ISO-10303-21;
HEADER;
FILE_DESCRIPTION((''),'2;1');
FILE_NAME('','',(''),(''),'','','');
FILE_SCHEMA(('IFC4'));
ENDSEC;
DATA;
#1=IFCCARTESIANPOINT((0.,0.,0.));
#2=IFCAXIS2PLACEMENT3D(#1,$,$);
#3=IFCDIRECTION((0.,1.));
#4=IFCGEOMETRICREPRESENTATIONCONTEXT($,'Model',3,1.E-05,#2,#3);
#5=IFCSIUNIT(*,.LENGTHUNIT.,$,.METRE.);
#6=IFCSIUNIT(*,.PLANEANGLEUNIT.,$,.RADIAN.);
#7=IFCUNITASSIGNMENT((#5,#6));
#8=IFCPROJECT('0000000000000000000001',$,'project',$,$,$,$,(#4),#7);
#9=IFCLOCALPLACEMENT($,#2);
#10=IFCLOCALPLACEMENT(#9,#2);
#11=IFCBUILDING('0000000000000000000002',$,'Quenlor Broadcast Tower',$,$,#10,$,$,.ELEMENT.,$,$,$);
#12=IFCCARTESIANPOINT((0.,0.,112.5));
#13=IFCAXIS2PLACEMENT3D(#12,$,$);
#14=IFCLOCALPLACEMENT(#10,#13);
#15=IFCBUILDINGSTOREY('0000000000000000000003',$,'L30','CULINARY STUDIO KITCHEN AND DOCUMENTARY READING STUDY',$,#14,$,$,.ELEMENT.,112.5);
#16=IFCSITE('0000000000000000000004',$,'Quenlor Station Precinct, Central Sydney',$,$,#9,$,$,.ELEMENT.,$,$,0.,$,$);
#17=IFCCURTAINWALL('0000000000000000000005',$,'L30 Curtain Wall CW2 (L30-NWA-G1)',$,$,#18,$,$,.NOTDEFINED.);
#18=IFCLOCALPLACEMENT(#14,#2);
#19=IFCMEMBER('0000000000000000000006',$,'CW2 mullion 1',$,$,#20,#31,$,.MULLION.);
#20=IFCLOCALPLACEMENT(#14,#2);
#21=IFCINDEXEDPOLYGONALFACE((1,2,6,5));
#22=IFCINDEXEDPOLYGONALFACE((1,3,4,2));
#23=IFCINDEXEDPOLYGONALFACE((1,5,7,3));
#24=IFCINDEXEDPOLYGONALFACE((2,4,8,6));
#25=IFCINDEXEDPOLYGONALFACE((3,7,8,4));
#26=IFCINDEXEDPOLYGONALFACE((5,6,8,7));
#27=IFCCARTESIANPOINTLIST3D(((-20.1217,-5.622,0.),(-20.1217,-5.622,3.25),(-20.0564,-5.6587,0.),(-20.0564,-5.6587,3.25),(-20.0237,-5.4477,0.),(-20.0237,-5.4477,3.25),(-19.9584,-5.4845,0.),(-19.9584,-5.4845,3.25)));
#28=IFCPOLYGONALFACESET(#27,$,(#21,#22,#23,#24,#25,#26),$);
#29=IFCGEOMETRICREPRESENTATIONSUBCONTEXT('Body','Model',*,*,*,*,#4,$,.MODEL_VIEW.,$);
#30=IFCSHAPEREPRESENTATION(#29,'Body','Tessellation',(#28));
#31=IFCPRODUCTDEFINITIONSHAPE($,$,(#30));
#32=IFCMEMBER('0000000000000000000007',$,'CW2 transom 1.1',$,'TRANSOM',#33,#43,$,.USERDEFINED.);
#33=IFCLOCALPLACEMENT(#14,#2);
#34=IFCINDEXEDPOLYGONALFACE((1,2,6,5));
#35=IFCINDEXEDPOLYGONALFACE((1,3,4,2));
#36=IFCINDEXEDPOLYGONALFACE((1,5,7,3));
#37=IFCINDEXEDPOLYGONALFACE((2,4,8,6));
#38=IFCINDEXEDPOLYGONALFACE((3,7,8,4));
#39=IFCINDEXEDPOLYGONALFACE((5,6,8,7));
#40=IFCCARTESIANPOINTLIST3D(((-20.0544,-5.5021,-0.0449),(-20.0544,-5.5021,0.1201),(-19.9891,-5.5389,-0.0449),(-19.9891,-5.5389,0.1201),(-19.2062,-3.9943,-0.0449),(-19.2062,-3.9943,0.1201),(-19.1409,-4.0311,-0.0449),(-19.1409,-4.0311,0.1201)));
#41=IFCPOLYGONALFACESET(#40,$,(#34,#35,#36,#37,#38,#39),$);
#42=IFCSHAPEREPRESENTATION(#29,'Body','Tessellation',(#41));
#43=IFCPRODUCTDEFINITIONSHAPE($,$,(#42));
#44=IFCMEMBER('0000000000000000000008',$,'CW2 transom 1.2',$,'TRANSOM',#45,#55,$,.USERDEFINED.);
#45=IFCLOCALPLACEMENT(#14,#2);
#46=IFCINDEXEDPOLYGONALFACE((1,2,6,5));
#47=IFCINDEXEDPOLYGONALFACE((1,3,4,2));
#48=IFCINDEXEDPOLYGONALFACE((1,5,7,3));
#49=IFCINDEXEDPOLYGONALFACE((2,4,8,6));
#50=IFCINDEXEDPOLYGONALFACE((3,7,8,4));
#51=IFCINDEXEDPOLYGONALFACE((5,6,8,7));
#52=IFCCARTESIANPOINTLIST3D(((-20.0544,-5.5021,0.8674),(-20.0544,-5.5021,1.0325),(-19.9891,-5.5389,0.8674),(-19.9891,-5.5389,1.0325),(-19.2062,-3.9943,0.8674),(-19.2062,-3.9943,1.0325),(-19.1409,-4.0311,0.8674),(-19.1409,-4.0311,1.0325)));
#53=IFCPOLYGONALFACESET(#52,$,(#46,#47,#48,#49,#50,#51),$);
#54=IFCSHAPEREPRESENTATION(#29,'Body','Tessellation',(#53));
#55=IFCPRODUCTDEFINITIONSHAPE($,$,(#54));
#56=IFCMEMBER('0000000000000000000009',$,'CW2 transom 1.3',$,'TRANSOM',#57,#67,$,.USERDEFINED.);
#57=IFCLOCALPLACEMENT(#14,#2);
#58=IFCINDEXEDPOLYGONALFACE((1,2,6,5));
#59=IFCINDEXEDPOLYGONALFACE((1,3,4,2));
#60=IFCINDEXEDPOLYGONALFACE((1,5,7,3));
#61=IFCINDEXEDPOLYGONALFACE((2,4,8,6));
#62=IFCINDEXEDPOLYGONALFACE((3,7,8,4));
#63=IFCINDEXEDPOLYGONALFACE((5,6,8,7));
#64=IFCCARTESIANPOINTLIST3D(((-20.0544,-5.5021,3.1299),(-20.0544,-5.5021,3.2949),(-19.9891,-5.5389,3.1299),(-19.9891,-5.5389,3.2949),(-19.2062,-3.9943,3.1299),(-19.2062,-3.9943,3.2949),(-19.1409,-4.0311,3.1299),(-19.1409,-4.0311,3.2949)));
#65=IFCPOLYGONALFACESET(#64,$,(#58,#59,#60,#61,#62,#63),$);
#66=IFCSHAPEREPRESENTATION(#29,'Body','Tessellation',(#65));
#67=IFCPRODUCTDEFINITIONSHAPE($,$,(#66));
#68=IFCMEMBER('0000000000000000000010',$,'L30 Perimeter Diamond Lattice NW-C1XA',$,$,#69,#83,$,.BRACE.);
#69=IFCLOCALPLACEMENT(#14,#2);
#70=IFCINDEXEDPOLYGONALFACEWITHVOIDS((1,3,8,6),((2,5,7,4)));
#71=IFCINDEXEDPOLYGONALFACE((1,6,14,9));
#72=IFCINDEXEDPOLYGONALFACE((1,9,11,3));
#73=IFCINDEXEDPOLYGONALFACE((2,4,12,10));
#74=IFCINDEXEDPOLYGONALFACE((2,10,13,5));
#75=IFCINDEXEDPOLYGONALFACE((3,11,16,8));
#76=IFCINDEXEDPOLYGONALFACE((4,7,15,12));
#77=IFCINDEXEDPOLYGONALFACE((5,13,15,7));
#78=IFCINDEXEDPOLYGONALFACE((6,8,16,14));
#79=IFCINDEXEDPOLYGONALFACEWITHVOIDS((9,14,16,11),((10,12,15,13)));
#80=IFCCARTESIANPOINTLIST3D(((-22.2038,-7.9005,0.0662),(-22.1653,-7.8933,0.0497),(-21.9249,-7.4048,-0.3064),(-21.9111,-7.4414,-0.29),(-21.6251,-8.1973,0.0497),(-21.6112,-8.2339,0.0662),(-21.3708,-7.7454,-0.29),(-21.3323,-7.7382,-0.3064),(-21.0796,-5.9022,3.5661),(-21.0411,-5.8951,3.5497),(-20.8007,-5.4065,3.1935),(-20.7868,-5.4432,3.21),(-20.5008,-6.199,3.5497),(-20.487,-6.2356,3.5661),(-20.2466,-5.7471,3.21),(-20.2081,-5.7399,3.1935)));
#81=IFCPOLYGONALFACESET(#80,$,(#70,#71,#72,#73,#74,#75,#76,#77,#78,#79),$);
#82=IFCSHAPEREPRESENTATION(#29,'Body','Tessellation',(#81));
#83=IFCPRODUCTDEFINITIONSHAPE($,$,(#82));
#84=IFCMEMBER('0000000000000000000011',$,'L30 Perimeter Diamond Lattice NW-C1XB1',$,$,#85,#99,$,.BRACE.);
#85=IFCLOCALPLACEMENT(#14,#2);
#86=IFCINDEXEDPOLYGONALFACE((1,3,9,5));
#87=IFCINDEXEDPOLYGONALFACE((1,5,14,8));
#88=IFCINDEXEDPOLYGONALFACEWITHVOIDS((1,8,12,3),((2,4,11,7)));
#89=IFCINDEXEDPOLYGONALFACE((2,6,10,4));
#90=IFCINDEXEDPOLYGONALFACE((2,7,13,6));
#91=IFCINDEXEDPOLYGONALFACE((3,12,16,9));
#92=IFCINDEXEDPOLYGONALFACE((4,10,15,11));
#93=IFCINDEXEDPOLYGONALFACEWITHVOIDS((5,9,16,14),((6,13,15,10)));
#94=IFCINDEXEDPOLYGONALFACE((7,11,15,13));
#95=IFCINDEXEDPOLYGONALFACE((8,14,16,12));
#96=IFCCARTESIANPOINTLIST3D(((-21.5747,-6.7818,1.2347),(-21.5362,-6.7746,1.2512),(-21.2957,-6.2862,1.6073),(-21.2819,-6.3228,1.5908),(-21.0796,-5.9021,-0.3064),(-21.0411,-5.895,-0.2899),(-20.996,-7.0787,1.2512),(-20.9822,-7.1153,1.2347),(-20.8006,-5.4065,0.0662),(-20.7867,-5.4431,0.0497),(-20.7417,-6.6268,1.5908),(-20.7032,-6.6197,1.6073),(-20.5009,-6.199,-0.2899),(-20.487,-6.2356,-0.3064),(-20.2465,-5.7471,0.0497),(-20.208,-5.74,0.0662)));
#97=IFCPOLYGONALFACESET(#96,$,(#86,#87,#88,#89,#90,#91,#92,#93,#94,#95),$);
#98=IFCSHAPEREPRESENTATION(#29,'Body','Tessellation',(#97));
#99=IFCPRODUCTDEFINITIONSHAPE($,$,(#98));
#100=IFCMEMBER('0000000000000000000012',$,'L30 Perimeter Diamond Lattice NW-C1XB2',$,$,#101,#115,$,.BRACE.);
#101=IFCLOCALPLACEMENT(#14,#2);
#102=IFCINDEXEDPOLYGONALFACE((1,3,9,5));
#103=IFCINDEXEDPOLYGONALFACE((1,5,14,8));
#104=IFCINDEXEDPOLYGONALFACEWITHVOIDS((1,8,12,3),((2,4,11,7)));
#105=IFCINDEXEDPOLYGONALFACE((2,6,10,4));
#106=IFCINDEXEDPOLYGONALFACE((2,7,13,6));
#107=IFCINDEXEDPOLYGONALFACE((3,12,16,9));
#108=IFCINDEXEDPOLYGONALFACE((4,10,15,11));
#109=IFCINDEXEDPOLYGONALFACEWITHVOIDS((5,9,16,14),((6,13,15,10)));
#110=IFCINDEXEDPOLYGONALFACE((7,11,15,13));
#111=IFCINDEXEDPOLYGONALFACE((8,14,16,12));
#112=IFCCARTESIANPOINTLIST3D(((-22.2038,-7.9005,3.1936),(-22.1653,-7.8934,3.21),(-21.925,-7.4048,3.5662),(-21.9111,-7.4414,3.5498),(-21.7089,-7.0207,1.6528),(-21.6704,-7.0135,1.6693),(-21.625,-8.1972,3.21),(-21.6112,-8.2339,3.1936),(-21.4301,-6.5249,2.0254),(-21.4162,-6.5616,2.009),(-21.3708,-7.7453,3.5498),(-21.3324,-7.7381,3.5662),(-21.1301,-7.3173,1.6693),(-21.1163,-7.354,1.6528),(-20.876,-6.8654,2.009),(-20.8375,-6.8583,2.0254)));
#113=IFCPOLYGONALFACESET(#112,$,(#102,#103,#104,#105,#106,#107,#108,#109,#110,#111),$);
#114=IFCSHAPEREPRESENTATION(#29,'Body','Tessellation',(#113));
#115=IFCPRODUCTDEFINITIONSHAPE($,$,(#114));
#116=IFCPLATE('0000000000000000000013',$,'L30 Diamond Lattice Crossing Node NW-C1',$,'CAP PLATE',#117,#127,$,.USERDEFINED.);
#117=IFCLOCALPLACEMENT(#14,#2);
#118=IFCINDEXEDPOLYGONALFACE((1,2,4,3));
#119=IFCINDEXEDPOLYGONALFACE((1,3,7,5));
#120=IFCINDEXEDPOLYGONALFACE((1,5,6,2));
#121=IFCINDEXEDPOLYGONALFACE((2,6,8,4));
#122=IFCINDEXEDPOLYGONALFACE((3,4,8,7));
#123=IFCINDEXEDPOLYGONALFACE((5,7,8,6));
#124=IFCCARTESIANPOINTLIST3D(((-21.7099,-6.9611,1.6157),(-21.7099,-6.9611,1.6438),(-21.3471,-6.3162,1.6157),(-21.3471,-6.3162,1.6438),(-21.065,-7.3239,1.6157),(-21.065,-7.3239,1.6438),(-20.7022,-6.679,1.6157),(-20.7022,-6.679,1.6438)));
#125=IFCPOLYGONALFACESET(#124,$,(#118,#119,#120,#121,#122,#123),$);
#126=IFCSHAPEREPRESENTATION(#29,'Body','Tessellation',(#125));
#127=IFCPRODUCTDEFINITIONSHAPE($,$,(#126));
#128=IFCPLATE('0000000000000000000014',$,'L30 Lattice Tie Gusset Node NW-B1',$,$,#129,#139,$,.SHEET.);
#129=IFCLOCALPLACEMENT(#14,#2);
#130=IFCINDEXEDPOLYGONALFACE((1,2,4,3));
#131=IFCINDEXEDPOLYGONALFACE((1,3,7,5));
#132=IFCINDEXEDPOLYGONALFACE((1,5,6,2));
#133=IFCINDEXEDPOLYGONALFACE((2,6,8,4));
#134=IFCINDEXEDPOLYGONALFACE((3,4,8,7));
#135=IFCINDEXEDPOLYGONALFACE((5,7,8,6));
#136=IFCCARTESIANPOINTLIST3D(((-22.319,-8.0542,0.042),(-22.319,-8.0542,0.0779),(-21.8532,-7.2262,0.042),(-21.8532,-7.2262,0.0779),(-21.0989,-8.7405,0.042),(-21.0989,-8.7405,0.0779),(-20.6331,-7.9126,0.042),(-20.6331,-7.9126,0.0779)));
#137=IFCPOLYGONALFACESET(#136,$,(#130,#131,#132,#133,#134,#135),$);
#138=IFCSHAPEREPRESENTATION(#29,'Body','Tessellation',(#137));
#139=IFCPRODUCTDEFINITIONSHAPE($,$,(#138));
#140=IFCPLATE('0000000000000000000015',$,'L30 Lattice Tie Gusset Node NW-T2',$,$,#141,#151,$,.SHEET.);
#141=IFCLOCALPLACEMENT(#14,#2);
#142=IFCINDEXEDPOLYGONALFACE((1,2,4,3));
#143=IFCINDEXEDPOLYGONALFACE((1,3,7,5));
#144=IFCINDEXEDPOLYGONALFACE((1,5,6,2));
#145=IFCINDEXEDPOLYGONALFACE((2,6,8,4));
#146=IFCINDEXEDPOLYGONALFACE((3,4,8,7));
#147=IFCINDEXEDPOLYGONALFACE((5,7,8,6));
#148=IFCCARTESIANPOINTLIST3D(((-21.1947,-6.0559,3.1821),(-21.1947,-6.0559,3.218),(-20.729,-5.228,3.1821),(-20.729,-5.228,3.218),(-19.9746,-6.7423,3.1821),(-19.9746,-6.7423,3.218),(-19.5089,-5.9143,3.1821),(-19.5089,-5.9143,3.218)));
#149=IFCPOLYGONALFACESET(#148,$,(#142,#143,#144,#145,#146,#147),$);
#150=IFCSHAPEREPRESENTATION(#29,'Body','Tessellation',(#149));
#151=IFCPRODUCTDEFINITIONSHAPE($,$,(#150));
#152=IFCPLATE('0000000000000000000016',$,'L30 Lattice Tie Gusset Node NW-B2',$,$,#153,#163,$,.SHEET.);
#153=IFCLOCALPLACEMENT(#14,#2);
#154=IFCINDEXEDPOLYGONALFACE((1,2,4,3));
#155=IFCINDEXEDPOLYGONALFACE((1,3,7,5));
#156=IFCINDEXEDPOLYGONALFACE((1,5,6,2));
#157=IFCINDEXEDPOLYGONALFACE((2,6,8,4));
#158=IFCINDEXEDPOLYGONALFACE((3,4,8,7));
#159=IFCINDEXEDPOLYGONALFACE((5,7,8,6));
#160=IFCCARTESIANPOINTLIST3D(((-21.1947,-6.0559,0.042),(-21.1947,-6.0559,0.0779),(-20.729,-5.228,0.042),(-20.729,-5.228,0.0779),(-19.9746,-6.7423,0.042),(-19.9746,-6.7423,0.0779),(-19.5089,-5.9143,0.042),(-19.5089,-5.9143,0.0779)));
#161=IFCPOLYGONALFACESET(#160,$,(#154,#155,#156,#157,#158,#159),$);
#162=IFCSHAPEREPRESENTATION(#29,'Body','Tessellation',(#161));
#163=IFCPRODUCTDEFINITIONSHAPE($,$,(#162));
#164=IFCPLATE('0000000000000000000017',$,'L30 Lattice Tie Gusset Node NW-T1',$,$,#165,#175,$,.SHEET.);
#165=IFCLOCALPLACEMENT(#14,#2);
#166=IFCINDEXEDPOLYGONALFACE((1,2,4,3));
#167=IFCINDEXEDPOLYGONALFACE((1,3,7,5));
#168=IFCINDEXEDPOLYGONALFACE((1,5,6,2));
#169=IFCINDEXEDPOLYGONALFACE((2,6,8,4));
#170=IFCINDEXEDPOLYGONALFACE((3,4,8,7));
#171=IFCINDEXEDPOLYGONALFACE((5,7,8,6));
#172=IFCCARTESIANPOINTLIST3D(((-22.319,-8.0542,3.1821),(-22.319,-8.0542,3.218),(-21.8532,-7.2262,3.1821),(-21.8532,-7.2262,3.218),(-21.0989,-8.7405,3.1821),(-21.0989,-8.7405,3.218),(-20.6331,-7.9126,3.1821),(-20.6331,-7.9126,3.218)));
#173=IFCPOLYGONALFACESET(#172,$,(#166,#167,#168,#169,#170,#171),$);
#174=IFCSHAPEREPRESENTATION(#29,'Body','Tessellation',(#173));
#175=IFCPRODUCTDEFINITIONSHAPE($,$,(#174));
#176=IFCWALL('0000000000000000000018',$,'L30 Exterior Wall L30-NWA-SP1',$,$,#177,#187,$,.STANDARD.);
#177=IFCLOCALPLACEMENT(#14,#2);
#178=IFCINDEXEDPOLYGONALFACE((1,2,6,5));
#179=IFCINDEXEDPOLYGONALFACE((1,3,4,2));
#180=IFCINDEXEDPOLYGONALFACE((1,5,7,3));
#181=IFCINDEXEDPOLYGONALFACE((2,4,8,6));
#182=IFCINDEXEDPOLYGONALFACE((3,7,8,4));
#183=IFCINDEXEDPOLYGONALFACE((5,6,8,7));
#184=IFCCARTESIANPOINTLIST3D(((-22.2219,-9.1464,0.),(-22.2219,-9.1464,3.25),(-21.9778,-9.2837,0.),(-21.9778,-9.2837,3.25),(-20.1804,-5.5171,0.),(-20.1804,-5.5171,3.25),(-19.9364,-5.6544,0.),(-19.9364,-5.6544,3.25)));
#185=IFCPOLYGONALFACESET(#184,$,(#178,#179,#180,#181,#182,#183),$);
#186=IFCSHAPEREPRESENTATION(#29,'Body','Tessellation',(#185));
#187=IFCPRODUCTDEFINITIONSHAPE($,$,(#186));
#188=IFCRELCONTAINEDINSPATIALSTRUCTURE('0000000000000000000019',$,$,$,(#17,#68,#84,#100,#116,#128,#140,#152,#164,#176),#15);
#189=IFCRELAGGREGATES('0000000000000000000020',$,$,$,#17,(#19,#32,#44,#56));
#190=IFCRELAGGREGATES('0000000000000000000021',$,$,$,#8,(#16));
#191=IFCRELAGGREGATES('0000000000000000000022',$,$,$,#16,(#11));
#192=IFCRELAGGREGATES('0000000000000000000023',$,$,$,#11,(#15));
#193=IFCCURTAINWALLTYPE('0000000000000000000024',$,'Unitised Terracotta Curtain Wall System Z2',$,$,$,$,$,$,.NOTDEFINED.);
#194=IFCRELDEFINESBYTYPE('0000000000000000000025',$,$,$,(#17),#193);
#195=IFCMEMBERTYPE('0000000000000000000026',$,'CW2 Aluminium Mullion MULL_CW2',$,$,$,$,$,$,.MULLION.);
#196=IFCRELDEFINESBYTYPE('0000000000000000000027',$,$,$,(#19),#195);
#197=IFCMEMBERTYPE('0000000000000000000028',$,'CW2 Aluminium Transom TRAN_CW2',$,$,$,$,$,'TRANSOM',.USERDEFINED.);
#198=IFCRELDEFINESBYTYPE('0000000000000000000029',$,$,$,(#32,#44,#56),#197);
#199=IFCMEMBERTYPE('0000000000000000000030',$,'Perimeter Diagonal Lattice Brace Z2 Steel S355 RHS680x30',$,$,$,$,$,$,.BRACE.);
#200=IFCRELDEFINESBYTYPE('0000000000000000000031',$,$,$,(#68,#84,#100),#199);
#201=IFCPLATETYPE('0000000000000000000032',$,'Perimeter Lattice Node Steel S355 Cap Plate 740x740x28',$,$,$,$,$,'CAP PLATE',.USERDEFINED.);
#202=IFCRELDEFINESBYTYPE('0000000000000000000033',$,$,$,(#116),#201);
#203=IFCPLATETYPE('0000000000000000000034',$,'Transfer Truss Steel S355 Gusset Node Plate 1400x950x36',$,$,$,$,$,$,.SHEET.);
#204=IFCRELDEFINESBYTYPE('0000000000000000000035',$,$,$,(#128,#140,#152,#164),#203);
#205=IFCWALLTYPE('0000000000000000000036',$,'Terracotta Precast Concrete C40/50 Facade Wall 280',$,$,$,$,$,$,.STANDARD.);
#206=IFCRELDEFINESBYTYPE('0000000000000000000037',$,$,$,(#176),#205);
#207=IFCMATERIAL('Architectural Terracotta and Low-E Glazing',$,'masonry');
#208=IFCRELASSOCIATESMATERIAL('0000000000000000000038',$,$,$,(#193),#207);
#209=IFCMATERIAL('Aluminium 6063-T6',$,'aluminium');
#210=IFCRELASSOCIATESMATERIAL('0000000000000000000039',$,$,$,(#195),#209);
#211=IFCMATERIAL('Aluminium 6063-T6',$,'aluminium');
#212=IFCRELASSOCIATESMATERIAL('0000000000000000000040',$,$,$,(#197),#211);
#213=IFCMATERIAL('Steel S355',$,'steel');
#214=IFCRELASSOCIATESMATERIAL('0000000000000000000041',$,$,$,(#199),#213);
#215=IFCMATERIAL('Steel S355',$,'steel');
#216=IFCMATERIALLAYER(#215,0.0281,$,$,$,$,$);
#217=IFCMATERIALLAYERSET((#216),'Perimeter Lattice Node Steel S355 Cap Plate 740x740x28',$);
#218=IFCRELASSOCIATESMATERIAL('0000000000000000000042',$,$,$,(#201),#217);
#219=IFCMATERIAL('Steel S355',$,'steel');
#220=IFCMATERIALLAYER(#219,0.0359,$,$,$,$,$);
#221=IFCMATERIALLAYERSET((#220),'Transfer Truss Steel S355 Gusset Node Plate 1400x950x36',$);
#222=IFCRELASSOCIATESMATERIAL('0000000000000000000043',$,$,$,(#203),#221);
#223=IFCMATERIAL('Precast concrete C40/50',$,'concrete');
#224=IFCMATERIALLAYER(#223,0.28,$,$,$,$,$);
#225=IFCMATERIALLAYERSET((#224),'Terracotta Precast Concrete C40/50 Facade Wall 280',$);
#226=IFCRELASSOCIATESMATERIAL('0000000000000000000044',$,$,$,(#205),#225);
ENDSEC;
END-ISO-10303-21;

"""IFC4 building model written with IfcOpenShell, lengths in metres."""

from ifc_helpers import new_model, si_unit, direction, frame, frame_2d, origin, origin_2d, place, context, subcontext, project, spatial, rectangle, hollow_rectangle, extrude, material, layer, layer_set, material_profile, profile_set, type_object, element, aggregate, save


model = new_model("IFC4")

# Units and contexts
model_context = context("Model", 3, precision=1e-05, world=origin(), true_north=direction((0.0, 1.0)))
body_context = subcontext(model_context, "Body", "Model", "MODEL_VIEW")
ifc_project = project(units=[si_unit("LENGTHUNIT", "METRE"), si_unit("PLANEANGLEUNIT", "RADIAN")], contexts=[model_context])

# Site, building, storey
site_placement = place(None, origin())
site = spatial("IfcSite", under=ifc_project, at=site_placement, Name="Quenlor Station Precinct, Central Sydney", CompositionType="ELEMENT", RefElevation=0.0)
building_placement = place(site_placement, origin())
building = spatial("IfcBuilding", under=site, at=building_placement, Name="Quenlor Broadcast Tower", CompositionType="ELEMENT")
storey_placement = place(building_placement, frame((0.0, 0.0, 112.5)))
storey = spatial("IfcBuildingStorey", under=building, at=storey_placement, Name="L30", Description="CULINARY STUDIO KITCHEN AND DOCUMENTARY READING STUDY", CompositionType="ELEMENT", Elevation=112.5)

# Curtain wall, members
ifc_material_1 = material(Name="Architectural Terracotta and Low-E Glazing", Category="masonry")
curtain_wall_type = type_object("IfcCurtainWallType", Name="Unitised Terracotta Curtain Wall System Z2", PredefinedType="NOTDEFINED", material=ifc_material_1)
curtain_wall_placement = place(storey_placement, origin())
curtain_wall = element("IfcCurtainWall", 1, at=curtain_wall_placement, inside=storey, type_object=curtain_wall_type, Name="L30 Curtain Wall CW2 (L30-NWA-G1)", PredefinedType="NOTDEFINED")
ifc_material_2 = material(Name="Aluminium 6063-T6", Category="aluminium")
ifc_material_profile_1 = material_profile(ifc_material_2, rectangle(XDim=0.075, YDim=0.2, at=origin_2d()))
ifc_profile_set_1 = profile_set([ifc_material_profile_1], Name="Aluminium 6063-T6 MULL75x200")
member_type_1 = type_object("IfcMemberType", Name="CW2 Aluminium Mullion MULL_CW2", PredefinedType="MULLION", material=ifc_profile_set_1)
member_1_placement = place(storey_placement, frame((-20.04, -5.5532, 0.0), z_axis=(0.0, 0.0, 1.0), x_axis=(-0.871567, 0.490277, 0.0)))
member_1 = element("IfcMember", 2, at=member_1_placement, type_object=member_type_1, Name="CW2 mullion 1", PredefinedType="MULLION", context=body_context, shape_type="SweptSolid", body=[
    extrude(rectangle(XDim=0.075, YDim=0.2, at=origin_2d()), origin(), (0.0, 0.0, 1.0), 3.25),
])
ifc_material_3 = material(Name="Aluminium 6063-T6", Category="aluminium")
ifc_material_profile_2 = material_profile(ifc_material_3, rectangle(XDim=0.075, YDim=0.165, at=origin_2d()))
ifc_profile_set_2 = profile_set([ifc_material_profile_2], Name="Aluminium 6063-T6 TRAN75x165")
member_type_2 = type_object("IfcMemberType", Name="CW2 Aluminium Transom TRAN_CW2", ElementType="TRANSOM", PredefinedType="USERDEFINED", material=ifc_profile_set_2)
member_2_placement = place(storey_placement, frame((-20.0217, -5.5205, 0.0376), z_axis=(0.490261, 0.871576, 0.0), x_axis=(-0.871576, 0.490261, 0.0)))
member_2 = element("IfcMember", 3, at=member_2_placement, type_object=member_type_2, Name="CW2 transom 1.1", ObjectType="TRANSOM", PredefinedType="USERDEFINED", context=body_context, shape_type="SweptSolid", body=[
    extrude(rectangle(XDim=0.075, YDim=0.165, at=origin_2d()), origin(), (0.0, 0.0, 1.0), 1.73),
])
member_3_placement = place(storey_placement, frame((-20.0217, -5.5205, 0.95), z_axis=(0.490261, 0.871576, 0.0), x_axis=(-0.871576, 0.490261, 0.0)))
member_3 = element("IfcMember", 4, at=member_3_placement, type_object=member_type_2, Name="CW2 transom 1.2", ObjectType="TRANSOM", PredefinedType="USERDEFINED", context=body_context, shape_type="SweptSolid", body=[
    extrude(rectangle(XDim=0.075, YDim=0.165, at=origin_2d()), origin(), (0.0, 0.0, 1.0), 1.73),
])
member_4_placement = place(storey_placement, frame((-20.0217, -5.5205, 3.2124), z_axis=(0.490261, 0.871576, 0.0), x_axis=(-0.871576, 0.490261, 0.0)))
member_4 = element("IfcMember", 5, at=member_4_placement, type_object=member_type_2, Name="CW2 transom 1.3", ObjectType="TRANSOM", PredefinedType="USERDEFINED", context=body_context, shape_type="SweptSolid", body=[
    extrude(rectangle(XDim=0.075, YDim=0.165, at=origin_2d()), origin(), (0.0, 0.0, 1.0), 1.73),
])
aggregate(curtain_wall, [member_1, member_2, member_3, member_4])

# Members
ifc_material_4 = material(Name="Steel S355", Category="steel")
ifc_material_profile_3 = material_profile(ifc_material_4, hollow_rectangle(XDim=0.6799, YDim=0.6799, WallThickness=0.03, at=origin_2d()))
ifc_profile_set_3 = profile_set([ifc_material_profile_3], Name="Steel S355 RHS680x680x30")
member_type_3 = type_object("IfcMemberType", Name="Perimeter Diagonal Lattice Brace Z2 Steel S355 RHS680x30", PredefinedType="BRACE", material=ifc_profile_set_3)
member_5_placement = place(storey_placement, frame((-21.7681, -7.8193, -0.1201), z_axis=(0.268697, 0.477585, 0.836489), x_axis=(-0.871533, 0.490337, 0.0)))
element("IfcMember", 6, at=member_5_placement, inside=storey, type_object=member_type_3, Name="L30 Perimeter Diamond Lattice NW-C1XA", PredefinedType="BRACE", context=body_context, shape_type="SweptSolid", body=[
    extrude(hollow_rectangle(XDim=0.6799, YDim=0.6799, WallThickness=0.03, at=origin_2d()), origin(), (0.0, 0.0, 1.0), 4.1841),
])
member_6_placement = place(storey_placement, frame((-20.6438, -5.821, -0.1201), z_axis=(-0.268767, -0.477498, 0.836517), x_axis=(0.87144, -0.490502, 0.0)))
element("IfcMember", 7, at=member_6_placement, inside=storey, type_object=member_type_3, Name="L30 Perimeter Diamond Lattice NW-C1XB1", PredefinedType="BRACE", context=body_context, shape_type="SweptSolid", body=[
    extrude(hollow_rectangle(XDim=0.6799, YDim=0.6799, WallThickness=0.03, at=origin_2d()), origin(), (0.0, 0.0, 1.0), 1.8423),
])
member_7_placement = place(storey_placement, frame((-21.2732, -6.9395, 1.8391), z_axis=(-0.268657, -0.477671, 0.836454), x_axis=(0.871601, -0.490215, 0.0)))
element("IfcMember", 8, at=member_7_placement, inside=storey, type_object=member_type_3, Name="L30 Perimeter Diamond Lattice NW-C1XB2", PredefinedType="BRACE", context=body_context, shape_type="SweptSolid", body=[
    extrude(hollow_rectangle(XDim=0.6799, YDim=0.6799, WallThickness=0.03, at=origin_2d()), origin(), (0.0, 0.0, 1.0), 1.842),
])

# Plates
ifc_material_5 = material(Name="Steel S355", Category="steel")
ifc_layer_1 = layer(ifc_material_5, 0.0281)
ifc_layer_set_1 = layer_set([ifc_layer_1], Name="Perimeter Lattice Node Steel S355 Cap Plate 740x740x28")
plate_type_1 = type_object("IfcPlateType", Name="Perimeter Lattice Node Steel S355 Cap Plate 740x740x28", ElementType="CAP PLATE", PredefinedType="USERDEFINED", material=ifc_layer_set_1)
plate_placement = place(storey_placement, frame((-21.2061, -6.8201, 1.6157), z_axis=(0.0, 0.0, 1.0), x_axis=(0.490295, 0.871556, 0.0)))
element("IfcPlate", 9, at=plate_placement, inside=storey, type_object=plate_type_1, Name="L30 Diamond Lattice Crossing Node NW-C1", ObjectType="CAP PLATE", PredefinedType="USERDEFINED", context=body_context, shape_type="SweptSolid", body=[
    extrude(rectangle(XDim=0.74, YDim=0.74, at=origin_2d()), origin(), (0.0, 0.0, 1.0), 0.0281),
])
ifc_material_6 = material(Name="Steel S355", Category="steel")
ifc_layer_2 = layer(ifc_material_6, 0.0359)
ifc_layer_set_2 = layer_set([ifc_layer_2], Name="Transfer Truss Steel S355 Gusset Node Plate 1400x950x36")
plate_type_2 = type_object("IfcPlateType", Name="Transfer Truss Steel S355 Gusset Node Plate 1400x950x36", PredefinedType="SHEET", material=ifc_layer_set_2)
for number, where, z_axis, x_axis, name in (
    (10, (-21.4761, -7.9834, 0.042), (0.0, 0.0, 1.0), (-0.871556, 0.490295, 0.0), "L30 Lattice Tie Gusset Node NW-B1"),
    (11, (-20.3518, -5.9851, 3.1821), (0.0, 0.0, 1.0), (-0.871556, 0.490295, 0.0), "L30 Lattice Tie Gusset Node NW-T2"),
    (12, (-20.3518, -5.9851, 0.042), (0.0, 0.0, 1.0), (-0.871556, 0.490295, 0.0), "L30 Lattice Tie Gusset Node NW-B2"),
    (13, (-21.4761, -7.9834, 3.1821), (0.0, 0.0, 1.0), (-0.871556, 0.490295, 0.0), "L30 Lattice Tie Gusset Node NW-T1"),
):
    element("IfcPlate", number, at=place(storey_placement, frame(where, z_axis=z_axis, x_axis=x_axis)), inside=storey, type_object=plate_type_2, Name=name, PredefinedType="SHEET", context=body_context, shape_type="SweptSolid", body=[
        extrude(rectangle(XDim=1.3999, YDim=0.95, at=origin_2d()), origin(), (0.0, 0.0, 1.0), 0.0359),
    ])

# Wall
ifc_material_7 = material(Name="Precast concrete C40/50", Category="concrete")
ifc_layer_3 = layer(ifc_material_7, 0.28)
ifc_layer_set_3 = layer_set([ifc_layer_3], Name="Terracotta Precast Concrete C40/50 Facade Wall 280")
wall_type = type_object("IfcWallType", Name="Terracotta Precast Concrete C40/50 Facade Wall 280", PredefinedType="STANDARD", material=ifc_layer_set_3)
wall_placement = place(storey_placement, frame((-22.0999, -9.2151, 0.0), z_axis=(0.0, 0.0, 1.0), x_axis=(0.490256, 0.871579, 0.0)))
element("IfcWall", 14, at=wall_placement, inside=storey, type_object=wall_type, Name="L30 Exterior Wall L30-NWA-SP1", PredefinedType="STANDARD", context=body_context, shape_type="SweptSolid", body=[
    extrude(rectangle(XDim=4.1641, YDim=0.28, at=frame_2d((2.082, 0.0))), origin(), (0.0, 0.0, 1.0), 3.25),
])

save(model, "model.ifc")
